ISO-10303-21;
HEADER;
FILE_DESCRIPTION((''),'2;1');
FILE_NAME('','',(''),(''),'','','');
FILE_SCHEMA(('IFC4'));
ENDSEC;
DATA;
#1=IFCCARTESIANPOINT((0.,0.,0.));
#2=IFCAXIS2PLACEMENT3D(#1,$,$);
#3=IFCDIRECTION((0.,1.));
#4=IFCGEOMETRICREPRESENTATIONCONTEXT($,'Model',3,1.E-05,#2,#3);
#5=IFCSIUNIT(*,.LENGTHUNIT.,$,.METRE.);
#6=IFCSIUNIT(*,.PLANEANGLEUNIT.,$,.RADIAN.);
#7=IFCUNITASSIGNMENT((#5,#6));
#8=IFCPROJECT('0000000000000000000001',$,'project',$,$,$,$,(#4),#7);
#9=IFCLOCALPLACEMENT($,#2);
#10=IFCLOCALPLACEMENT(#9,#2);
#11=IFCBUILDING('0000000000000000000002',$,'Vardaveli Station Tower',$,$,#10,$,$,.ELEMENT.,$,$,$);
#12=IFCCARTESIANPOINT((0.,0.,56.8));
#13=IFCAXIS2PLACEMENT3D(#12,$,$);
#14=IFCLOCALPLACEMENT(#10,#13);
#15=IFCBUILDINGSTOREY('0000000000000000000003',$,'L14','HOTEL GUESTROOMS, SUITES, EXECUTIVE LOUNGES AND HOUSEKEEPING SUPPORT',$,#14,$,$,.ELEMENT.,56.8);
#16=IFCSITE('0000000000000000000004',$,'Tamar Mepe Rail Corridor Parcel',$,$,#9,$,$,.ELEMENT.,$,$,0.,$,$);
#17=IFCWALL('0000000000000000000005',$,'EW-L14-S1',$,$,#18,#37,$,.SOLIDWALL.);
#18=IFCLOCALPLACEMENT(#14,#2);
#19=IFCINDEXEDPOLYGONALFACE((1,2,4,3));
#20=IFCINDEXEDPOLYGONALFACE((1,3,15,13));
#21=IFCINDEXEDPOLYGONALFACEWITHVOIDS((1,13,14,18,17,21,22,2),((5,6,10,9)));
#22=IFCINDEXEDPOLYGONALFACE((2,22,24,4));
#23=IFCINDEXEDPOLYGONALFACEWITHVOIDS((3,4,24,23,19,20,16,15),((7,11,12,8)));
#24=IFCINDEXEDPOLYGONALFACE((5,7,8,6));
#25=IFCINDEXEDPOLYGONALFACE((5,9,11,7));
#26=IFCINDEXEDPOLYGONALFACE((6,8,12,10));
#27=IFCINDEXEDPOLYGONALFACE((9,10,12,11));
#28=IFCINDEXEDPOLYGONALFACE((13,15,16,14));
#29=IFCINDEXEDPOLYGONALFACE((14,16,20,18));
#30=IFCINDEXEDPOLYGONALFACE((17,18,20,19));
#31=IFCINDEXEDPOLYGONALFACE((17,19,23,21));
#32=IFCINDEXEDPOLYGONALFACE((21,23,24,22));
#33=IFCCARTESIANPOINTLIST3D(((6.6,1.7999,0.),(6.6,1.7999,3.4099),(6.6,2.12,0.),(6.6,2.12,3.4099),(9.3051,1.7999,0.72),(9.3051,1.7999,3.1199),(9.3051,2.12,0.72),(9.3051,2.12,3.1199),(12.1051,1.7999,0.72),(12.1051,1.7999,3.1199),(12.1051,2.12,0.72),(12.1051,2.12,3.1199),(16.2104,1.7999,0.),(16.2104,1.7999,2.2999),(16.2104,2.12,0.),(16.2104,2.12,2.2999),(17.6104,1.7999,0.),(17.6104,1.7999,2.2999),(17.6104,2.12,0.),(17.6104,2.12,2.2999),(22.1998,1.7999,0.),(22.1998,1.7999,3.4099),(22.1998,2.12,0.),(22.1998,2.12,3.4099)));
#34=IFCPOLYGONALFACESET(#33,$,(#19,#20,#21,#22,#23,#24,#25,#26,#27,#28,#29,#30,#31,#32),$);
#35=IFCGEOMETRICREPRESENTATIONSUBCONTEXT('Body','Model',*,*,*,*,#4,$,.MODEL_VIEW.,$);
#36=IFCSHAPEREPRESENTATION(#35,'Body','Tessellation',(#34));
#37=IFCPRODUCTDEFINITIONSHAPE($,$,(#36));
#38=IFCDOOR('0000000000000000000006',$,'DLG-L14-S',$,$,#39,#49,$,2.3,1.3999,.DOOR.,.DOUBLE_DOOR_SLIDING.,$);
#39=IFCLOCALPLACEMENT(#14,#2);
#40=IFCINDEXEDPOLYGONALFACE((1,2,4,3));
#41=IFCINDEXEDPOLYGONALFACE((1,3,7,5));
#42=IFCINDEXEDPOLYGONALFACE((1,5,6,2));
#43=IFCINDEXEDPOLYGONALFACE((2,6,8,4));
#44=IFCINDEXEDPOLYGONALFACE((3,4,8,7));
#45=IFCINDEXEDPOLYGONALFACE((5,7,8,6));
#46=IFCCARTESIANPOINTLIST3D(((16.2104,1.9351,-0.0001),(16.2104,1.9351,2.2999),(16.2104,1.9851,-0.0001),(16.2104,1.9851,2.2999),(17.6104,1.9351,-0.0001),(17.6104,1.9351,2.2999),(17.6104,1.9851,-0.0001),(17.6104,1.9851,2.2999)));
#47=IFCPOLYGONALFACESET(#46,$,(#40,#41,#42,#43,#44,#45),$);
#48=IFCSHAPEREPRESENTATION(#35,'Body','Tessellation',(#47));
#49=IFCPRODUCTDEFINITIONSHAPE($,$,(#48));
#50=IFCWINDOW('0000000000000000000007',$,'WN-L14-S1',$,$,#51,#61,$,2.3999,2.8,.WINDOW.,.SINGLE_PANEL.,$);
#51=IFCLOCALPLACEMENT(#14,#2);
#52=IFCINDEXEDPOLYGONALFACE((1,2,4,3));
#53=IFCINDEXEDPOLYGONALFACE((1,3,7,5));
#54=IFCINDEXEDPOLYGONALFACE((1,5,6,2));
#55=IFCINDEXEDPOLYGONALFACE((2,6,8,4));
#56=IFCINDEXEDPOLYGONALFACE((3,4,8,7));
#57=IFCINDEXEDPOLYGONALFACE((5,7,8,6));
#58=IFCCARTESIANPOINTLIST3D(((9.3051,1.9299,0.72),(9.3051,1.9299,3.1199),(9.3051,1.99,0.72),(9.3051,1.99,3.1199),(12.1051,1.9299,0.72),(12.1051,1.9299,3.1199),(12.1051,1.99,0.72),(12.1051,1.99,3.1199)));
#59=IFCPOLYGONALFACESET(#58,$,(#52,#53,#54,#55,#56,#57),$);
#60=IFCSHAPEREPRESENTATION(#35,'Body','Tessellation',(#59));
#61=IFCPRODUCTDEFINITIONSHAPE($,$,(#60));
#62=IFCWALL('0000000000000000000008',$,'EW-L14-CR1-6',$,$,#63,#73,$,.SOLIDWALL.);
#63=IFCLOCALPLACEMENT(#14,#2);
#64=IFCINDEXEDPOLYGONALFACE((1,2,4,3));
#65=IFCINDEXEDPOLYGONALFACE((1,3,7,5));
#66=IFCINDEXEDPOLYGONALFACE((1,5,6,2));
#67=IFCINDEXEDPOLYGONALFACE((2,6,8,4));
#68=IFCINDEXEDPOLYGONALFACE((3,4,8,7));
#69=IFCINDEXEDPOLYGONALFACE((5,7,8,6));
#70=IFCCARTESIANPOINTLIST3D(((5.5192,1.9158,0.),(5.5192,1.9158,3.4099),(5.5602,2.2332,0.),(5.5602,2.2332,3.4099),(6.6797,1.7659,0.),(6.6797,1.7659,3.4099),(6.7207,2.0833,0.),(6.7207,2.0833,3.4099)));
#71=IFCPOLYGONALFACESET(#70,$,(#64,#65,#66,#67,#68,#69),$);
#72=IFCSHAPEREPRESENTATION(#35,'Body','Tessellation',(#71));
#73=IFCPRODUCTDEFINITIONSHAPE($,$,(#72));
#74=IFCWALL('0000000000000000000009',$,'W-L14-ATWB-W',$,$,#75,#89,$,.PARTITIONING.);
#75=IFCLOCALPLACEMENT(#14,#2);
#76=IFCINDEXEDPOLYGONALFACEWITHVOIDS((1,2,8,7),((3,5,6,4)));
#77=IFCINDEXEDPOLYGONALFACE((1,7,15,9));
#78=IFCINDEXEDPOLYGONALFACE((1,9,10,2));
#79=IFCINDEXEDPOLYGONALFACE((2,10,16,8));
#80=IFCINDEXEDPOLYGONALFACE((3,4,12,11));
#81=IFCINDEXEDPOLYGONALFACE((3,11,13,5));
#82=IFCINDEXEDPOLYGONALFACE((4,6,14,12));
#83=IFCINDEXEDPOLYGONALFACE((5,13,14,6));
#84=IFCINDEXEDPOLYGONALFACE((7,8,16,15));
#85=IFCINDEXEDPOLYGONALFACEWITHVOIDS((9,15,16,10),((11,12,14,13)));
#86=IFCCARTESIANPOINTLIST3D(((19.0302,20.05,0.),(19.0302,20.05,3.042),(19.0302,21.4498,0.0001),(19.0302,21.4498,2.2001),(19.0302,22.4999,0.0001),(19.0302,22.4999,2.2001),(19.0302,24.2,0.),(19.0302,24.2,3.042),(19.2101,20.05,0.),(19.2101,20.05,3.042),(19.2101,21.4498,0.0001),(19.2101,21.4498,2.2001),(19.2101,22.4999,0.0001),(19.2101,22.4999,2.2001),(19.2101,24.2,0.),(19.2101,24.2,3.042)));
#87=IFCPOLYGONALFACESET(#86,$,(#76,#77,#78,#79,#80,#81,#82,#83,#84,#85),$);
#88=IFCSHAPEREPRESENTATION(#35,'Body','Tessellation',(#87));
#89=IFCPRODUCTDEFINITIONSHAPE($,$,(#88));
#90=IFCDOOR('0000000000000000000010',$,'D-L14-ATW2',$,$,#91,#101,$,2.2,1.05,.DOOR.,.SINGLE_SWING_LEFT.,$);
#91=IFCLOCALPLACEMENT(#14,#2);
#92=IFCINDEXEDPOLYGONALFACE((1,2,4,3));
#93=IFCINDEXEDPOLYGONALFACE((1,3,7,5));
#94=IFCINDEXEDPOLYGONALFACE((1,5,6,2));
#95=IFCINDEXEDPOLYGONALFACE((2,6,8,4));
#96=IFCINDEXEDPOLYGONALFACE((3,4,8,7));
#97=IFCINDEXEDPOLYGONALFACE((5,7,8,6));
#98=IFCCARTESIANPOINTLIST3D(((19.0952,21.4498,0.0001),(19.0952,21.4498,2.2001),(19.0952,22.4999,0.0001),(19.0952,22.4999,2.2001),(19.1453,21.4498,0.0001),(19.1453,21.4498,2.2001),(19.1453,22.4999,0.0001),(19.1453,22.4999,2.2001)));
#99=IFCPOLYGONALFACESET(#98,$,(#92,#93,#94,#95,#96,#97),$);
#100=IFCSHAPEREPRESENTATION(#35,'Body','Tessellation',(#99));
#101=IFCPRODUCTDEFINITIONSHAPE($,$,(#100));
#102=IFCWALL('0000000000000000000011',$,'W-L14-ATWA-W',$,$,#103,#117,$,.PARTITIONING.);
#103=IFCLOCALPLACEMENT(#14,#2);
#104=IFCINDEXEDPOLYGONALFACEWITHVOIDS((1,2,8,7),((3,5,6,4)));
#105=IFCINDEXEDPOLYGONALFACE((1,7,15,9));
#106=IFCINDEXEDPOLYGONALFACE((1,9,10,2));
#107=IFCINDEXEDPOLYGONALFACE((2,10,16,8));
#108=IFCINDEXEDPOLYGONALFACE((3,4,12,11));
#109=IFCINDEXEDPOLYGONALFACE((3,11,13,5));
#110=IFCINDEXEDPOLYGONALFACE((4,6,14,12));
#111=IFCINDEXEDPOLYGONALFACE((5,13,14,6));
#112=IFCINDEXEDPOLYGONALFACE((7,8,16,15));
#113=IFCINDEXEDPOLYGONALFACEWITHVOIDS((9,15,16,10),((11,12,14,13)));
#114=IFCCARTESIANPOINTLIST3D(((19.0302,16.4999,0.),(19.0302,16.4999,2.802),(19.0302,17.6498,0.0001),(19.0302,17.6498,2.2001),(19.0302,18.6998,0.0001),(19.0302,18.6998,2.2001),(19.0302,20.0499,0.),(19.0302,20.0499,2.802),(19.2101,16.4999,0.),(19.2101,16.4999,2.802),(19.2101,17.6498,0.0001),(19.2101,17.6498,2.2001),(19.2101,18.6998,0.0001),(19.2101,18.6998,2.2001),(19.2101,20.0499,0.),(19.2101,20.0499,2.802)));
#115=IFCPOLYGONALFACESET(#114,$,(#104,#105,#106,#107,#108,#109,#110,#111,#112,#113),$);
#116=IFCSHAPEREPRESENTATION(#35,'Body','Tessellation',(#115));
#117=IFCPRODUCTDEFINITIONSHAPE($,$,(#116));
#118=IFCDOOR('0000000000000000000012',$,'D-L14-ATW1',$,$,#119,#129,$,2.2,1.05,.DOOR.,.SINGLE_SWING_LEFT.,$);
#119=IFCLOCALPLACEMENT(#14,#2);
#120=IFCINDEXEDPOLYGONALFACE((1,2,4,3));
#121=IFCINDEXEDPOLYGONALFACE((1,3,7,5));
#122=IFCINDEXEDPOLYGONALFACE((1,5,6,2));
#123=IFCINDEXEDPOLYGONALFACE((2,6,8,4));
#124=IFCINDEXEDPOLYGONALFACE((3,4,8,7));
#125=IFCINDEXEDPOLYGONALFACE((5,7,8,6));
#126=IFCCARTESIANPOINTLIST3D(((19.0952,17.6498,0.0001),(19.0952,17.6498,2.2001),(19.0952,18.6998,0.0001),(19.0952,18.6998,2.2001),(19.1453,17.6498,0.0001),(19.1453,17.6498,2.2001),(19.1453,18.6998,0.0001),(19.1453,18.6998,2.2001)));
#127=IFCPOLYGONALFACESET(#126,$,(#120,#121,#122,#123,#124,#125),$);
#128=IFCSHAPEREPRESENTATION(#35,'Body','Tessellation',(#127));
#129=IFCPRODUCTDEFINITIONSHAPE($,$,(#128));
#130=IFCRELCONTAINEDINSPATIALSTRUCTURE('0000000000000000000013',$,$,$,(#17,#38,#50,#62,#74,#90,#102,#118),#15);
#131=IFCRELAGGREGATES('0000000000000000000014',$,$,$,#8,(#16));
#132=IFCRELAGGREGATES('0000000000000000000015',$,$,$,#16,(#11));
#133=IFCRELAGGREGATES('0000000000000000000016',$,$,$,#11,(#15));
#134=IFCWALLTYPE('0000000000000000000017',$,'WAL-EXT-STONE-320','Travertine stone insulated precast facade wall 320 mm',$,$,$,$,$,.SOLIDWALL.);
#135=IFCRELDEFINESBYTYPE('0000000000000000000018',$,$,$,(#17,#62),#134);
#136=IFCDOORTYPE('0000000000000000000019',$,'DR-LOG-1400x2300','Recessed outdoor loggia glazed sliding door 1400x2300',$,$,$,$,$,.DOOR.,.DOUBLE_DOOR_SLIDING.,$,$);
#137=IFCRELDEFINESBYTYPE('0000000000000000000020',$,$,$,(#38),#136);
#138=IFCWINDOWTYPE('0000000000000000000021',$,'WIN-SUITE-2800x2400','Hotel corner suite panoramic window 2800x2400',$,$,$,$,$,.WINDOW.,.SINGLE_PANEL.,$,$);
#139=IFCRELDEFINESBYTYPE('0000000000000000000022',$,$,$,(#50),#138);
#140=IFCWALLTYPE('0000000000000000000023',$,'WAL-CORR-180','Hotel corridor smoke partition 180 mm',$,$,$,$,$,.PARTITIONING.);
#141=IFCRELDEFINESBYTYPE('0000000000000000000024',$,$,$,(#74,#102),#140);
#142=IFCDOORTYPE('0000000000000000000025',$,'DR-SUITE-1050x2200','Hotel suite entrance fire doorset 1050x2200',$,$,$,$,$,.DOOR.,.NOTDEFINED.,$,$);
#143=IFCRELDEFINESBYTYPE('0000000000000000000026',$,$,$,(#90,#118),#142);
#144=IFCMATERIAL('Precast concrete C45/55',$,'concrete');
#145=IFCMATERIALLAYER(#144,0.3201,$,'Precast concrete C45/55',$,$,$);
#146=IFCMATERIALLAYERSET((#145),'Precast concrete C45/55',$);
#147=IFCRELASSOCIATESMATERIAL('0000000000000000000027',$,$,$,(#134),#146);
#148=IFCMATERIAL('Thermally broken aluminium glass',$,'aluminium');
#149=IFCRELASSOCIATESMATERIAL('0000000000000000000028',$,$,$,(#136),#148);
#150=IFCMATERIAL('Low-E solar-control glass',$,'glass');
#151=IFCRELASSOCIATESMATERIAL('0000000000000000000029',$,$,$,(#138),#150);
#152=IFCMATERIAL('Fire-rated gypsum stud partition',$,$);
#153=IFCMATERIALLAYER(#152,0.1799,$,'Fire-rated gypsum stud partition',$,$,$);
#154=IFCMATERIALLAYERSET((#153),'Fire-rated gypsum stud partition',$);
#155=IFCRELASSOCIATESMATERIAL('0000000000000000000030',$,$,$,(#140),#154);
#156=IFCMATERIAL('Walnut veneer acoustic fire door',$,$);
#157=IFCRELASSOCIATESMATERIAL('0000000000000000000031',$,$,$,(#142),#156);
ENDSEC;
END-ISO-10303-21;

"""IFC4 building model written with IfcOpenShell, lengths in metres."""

from ifc_helpers import new_model, si_unit, direction, frame, frame_2d, origin, place, context, subcontext, project, spatial, rectangle, extrude, source, transform, mapped, material, layer, layer_set, type_object, element, fill, save


model = new_model("IFC4")

# Units and contexts
model_context = context("Model", 3, precision=1e-05, world=origin(), true_north=direction((0.0, 1.0)))
body_context = subcontext(model_context, "Body", "Model", "MODEL_VIEW")
ifc_project = project(units=[si_unit("LENGTHUNIT", "METRE"), si_unit("PLANEANGLEUNIT", "RADIAN")], contexts=[model_context])

# Site, building, storey
site_placement = place(None, origin())
site = spatial("IfcSite", under=ifc_project, at=site_placement, Name="Tamar Mepe Rail Corridor Parcel", CompositionType="ELEMENT", RefElevation=0.0)
building_placement = place(site_placement, origin())
building = spatial("IfcBuilding", under=site, at=building_placement, Name="Vardaveli Station Tower", CompositionType="ELEMENT")
storey_placement = place(building_placement, frame((0.0, 0.0, 56.8)))
storey = spatial("IfcBuildingStorey", under=building, at=storey_placement, Name="L14", Description="HOTEL GUESTROOMS, SUITES, EXECUTIVE LOUNGES AND HOUSEKEEPING SUPPORT", CompositionType="ELEMENT", Elevation=56.8)

# Shared definitions
ifc_material_1 = material(Name="Precast concrete C45/55", Category="concrete")

# Wall, openings, door, window
ifc_layer_1 = layer(ifc_material_1, 0.3201, Name="Precast concrete C45/55")
ifc_layer_set_1 = layer_set([ifc_layer_1], Name="Precast concrete C45/55")
wall_type_1 = type_object("IfcWallType", Name="WAL-EXT-STONE-320", Description="Travertine stone insulated precast facade wall 320 mm", PredefinedType="SOLIDWALL", material=ifc_layer_set_1)
shared_shape_1 = source(origin(), body_context, "Body", "SweptSolid", [
    extrude(rectangle(XDim=15.5999, YDim=0.3201, at=frame_2d((7.7998, 0.0))), origin(), (0.0, 0.0, 1.0), 3.4099),
])
wall_1_placement = place(storey_placement, frame((6.6001, 1.96, 0.0), z_axis=(0.0, 0.0, 1.0), x_axis=(1.0, 0.0, 0.0)))
wall_1 = element("IfcWall", 1, at=wall_1_placement, inside=storey, type_object=wall_type_1, Name="EW-L14-S1", PredefinedType="SOLIDWALL", context=body_context, shape_type="MappedRepresentation", body=[
    mapped(shared_shape_1, transform((0.0, 0.0, 0.0), scale=1.0)),
])
shared_shape_2 = source(origin(), body_context, "Body", "SweptSolid", [
    extrude(rectangle(XDim=1.3999, YDim=2.3, at=frame_2d((0.7, 1.1499))), frame((0.0, 0.1699, 0.0), z_axis=(0.0, -1.0, 0.0), x_axis=(1.0, 0.0, 0.0)), (0.0, 0.0, 1.0), 0.3401),
])
opening_1_placement = place(wall_1_placement, frame((9.6104, 0.0, 0.0)))
opening_1 = element("IfcOpeningElement", 2, at=opening_1_placement, cuts=wall_1, PredefinedType="OPENING", context=body_context, shape_type="MappedRepresentation", body=[
    mapped(shared_shape_2, transform((0.0, 0.0, 0.0), scale=1.0)),
])
shared_shape_3 = source(origin(), body_context, "Body", "SweptSolid", [
    extrude(rectangle(XDim=2.8, YDim=2.3999, at=frame_2d((1.3999, 1.2))), frame((0.0, 0.1699, 0.0), z_axis=(0.0, -1.0, 0.0), x_axis=(1.0, 0.0, 0.0)), (0.0, 0.0, 1.0), 0.3401),
])
opening_2_placement = place(wall_1_placement, frame((2.7051, 0.0, 0.72)))
opening_2 = element("IfcOpeningElement", 3, at=opening_2_placement, cuts=wall_1, PredefinedType="OPENING", context=body_context, shape_type="MappedRepresentation", body=[
    mapped(shared_shape_3, transform((0.0, 0.0, 0.0), scale=1.0)),
])
ifc_material_2 = material(Name="Thermally broken aluminium glass", Category="aluminium")
door_type_1 = type_object("IfcDoorType", Name="DR-LOG-1400x2300", Description="Recessed outdoor loggia glazed sliding door 1400x2300", OperationType="DOUBLE_DOOR_SLIDING", PredefinedType="DOOR", material=ifc_material_2)
shared_shape_4 = source(origin(), body_context, "Body", "SweptSolid", [
    extrude(rectangle(XDim=1.3999, YDim=2.3, at=frame_2d((0.7, 1.1499))), frame((0.0, 0.0249, 0.0), z_axis=(0.0, -1.0, 0.0), x_axis=(1.0, 0.0, 0.0)), (0.0, 0.0, 1.0), 0.05),
])
door_1_placement = place(opening_1_placement, frame((1.3999, 0.0, 0.0), z_axis=(0.0, 0.0, 1.0), x_axis=(-1.0, 0.0, 0.0)))
door_1 = element("IfcDoor", 4, at=door_1_placement, inside=storey, type_object=door_type_1, Name="DLG-L14-S", OperationType="DOUBLE_DOOR_SLIDING", OverallHeight=2.3, OverallWidth=1.3999, PredefinedType="DOOR", context=body_context, shape_type="MappedRepresentation", body=[
    mapped(shared_shape_4, transform((0.0, 0.0, 0.0), scale=1.0)),
])
fill(opening_1, door_1)
ifc_material_3 = material(Name="Low-E solar-control glass", Category="glass")
window_type = type_object("IfcWindowType", Name="WIN-SUITE-2800x2400", Description="Hotel corner suite panoramic window 2800x2400", PartitioningType="SINGLE_PANEL", PredefinedType="WINDOW", material=ifc_material_3)
shared_shape_5 = source(origin(), body_context, "Body", "SweptSolid", [
    extrude(rectangle(XDim=2.8, YDim=2.3999, at=frame_2d((1.3999, 1.2))), frame((0.0, 0.03, 0.0), z_axis=(0.0, -1.0, 0.0), x_axis=(1.0, 0.0, 0.0)), (0.0, 0.0, 1.0), 0.0601),
])
window_placement = place(opening_2_placement, origin())
window = element("IfcWindow", 5, at=window_placement, inside=storey, type_object=window_type, Name="WN-L14-S1", OverallHeight=2.3999, OverallWidth=2.8, PartitioningType="SINGLE_PANEL", PredefinedType="WINDOW", context=body_context, shape_type="MappedRepresentation", body=[
    mapped(shared_shape_5, transform((0.0, 0.0, 0.0), scale=1.0)),
])
fill(opening_2, window)

# Wall
shared_shape_6 = source(origin(), body_context, "Body", "SweptSolid", [
    extrude(rectangle(XDim=1.1702, YDim=0.3201, at=frame_2d((0.585, 0.0))), origin(), (0.0, 0.0, 1.0), 3.4099),
])
wall_2_placement = place(storey_placement, frame((5.5398, 2.0745, 0.0), z_axis=(0.0, 0.0, 1.0), x_axis=(0.991762, -0.12809, 0.0)))
element("IfcWall", 6, at=wall_2_placement, inside=storey, type_object=wall_type_1, Name="EW-L14-CR1-6", PredefinedType="SOLIDWALL", context=body_context, shape_type="MappedRepresentation", body=[
    mapped(shared_shape_6, transform((0.0, 0.0, 0.0), scale=1.0)),
])

# Walls, openings, doors
ifc_material_4 = material(Name="Fire-rated gypsum stud partition")
ifc_layer_2 = layer(ifc_material_4, 0.1799, Name="Fire-rated gypsum stud partition")
ifc_layer_set_2 = layer_set([ifc_layer_2], Name="Fire-rated gypsum stud partition")
wall_type_2 = type_object("IfcWallType", Name="WAL-CORR-180", Description="Hotel corridor smoke partition 180 mm", PredefinedType="PARTITIONING", material=ifc_layer_set_2)
shared_shape_7 = source(origin(), body_context, "Body", "SweptSolid", [
    extrude(rectangle(XDim=4.1499, YDim=0.1799, at=frame_2d((2.075, 0.0))), origin(), (0.0, 0.0, 1.0), 3.042),
])
wall_3_placement = place(storey_placement, frame((19.1201, 20.05, 0.0), z_axis=(0.0, 0.0, 1.0), x_axis=(0.0, 1.0, 0.0)))
wall_3 = element("IfcWall", 7, at=wall_3_placement, inside=storey, type_object=wall_type_2, Name="W-L14-ATWB-W", PredefinedType="PARTITIONING", context=body_context, shape_type="MappedRepresentation", body=[
    mapped(shared_shape_7, transform((0.0, 0.0, 0.0), scale=1.0)),
])
shared_shape_8 = source(origin(), body_context, "Body", "SweptSolid", [
    extrude(rectangle(XDim=1.05, YDim=2.2, at=frame_2d((0.5249, 1.1001))), frame((0.0, 0.1001, 0.0), z_axis=(0.0, -1.0, 0.0), x_axis=(1.0, 0.0, 0.0)), (0.0, 0.0, 1.0), 0.2),
])
opening_3_placement = place(wall_3_placement, frame((1.3999, 0.0, 0.0)))
opening_3 = element("IfcOpeningElement", 8, at=opening_3_placement, cuts=wall_3, PredefinedType="OPENING", context=body_context, shape_type="MappedRepresentation", body=[
    mapped(shared_shape_8, transform((0.0, 0.0, 0.0), scale=1.0)),
])
ifc_material_5 = material(Name="Walnut veneer acoustic fire door")
door_type_2 = type_object("IfcDoorType", Name="DR-SUITE-1050x2200", Description="Hotel suite entrance fire doorset 1050x2200", OperationType="NOTDEFINED", PredefinedType="DOOR", material=ifc_material_5)
shared_shape_9 = source(origin(), body_context, "Body", "SweptSolid", [
    extrude(rectangle(XDim=1.05, YDim=2.2, at=frame_2d((0.5249, 1.1001))), frame((0.0, 0.0249, 0.0), z_axis=(0.0, -1.0, 0.0), x_axis=(1.0, 0.0, 0.0)), (0.0, 0.0, 1.0), 0.05),
])
door_2_placement = place(opening_3_placement, origin())
door_2 = element("IfcDoor", 9, at=door_2_placement, inside=storey, type_object=door_type_2, Name="D-L14-ATW2", OperationType="SINGLE_SWING_LEFT", OverallHeight=2.2, OverallWidth=1.05, PredefinedType="DOOR", context=body_context, shape_type="MappedRepresentation", body=[
    mapped(shared_shape_9, transform((0.0, 0.0, 0.0), scale=1.0)),
])
fill(opening_3, door_2)
shared_shape_10 = source(origin(), body_context, "Body", "SweptSolid", [
    extrude(rectangle(XDim=3.55, YDim=0.1799, at=frame_2d((1.7749, 0.0))), origin(), (0.0, 0.0, 1.0), 2.802),
])
wall_4_placement = place(storey_placement, frame((19.1201, 16.5, 0.0), z_axis=(0.0, 0.0, 1.0), x_axis=(0.0, 1.0, 0.0)))
wall_4 = element("IfcWall", 10, at=wall_4_placement, inside=storey, type_object=wall_type_2, Name="W-L14-ATWA-W", PredefinedType="PARTITIONING", context=body_context, shape_type="MappedRepresentation", body=[
    mapped(shared_shape_10, transform((0.0, 0.0, 0.0), scale=1.0)),
])
opening_4_placement = place(wall_4_placement, frame((1.1499, 0.0, 0.0)))
opening_4 = element("IfcOpeningElement", 11, at=opening_4_placement, cuts=wall_4, PredefinedType="OPENING", context=body_context, shape_type="MappedRepresentation", body=[
    mapped(shared_shape_8, transform((0.0, 0.0, 0.0), scale=1.0)),
])
door_3_placement = place(opening_4_placement, origin())
door_3 = element("IfcDoor", 12, at=door_3_placement, inside=storey, type_object=door_type_2, Name="D-L14-ATW1", OperationType="SINGLE_SWING_LEFT", OverallHeight=2.2, OverallWidth=1.05, PredefinedType="DOOR", context=body_context, shape_type="MappedRepresentation", body=[
    mapped(shared_shape_9, transform((0.0, 0.0, 0.0), scale=1.0)),
])
fill(opening_4, door_3)

save(model, "model.ifc")
